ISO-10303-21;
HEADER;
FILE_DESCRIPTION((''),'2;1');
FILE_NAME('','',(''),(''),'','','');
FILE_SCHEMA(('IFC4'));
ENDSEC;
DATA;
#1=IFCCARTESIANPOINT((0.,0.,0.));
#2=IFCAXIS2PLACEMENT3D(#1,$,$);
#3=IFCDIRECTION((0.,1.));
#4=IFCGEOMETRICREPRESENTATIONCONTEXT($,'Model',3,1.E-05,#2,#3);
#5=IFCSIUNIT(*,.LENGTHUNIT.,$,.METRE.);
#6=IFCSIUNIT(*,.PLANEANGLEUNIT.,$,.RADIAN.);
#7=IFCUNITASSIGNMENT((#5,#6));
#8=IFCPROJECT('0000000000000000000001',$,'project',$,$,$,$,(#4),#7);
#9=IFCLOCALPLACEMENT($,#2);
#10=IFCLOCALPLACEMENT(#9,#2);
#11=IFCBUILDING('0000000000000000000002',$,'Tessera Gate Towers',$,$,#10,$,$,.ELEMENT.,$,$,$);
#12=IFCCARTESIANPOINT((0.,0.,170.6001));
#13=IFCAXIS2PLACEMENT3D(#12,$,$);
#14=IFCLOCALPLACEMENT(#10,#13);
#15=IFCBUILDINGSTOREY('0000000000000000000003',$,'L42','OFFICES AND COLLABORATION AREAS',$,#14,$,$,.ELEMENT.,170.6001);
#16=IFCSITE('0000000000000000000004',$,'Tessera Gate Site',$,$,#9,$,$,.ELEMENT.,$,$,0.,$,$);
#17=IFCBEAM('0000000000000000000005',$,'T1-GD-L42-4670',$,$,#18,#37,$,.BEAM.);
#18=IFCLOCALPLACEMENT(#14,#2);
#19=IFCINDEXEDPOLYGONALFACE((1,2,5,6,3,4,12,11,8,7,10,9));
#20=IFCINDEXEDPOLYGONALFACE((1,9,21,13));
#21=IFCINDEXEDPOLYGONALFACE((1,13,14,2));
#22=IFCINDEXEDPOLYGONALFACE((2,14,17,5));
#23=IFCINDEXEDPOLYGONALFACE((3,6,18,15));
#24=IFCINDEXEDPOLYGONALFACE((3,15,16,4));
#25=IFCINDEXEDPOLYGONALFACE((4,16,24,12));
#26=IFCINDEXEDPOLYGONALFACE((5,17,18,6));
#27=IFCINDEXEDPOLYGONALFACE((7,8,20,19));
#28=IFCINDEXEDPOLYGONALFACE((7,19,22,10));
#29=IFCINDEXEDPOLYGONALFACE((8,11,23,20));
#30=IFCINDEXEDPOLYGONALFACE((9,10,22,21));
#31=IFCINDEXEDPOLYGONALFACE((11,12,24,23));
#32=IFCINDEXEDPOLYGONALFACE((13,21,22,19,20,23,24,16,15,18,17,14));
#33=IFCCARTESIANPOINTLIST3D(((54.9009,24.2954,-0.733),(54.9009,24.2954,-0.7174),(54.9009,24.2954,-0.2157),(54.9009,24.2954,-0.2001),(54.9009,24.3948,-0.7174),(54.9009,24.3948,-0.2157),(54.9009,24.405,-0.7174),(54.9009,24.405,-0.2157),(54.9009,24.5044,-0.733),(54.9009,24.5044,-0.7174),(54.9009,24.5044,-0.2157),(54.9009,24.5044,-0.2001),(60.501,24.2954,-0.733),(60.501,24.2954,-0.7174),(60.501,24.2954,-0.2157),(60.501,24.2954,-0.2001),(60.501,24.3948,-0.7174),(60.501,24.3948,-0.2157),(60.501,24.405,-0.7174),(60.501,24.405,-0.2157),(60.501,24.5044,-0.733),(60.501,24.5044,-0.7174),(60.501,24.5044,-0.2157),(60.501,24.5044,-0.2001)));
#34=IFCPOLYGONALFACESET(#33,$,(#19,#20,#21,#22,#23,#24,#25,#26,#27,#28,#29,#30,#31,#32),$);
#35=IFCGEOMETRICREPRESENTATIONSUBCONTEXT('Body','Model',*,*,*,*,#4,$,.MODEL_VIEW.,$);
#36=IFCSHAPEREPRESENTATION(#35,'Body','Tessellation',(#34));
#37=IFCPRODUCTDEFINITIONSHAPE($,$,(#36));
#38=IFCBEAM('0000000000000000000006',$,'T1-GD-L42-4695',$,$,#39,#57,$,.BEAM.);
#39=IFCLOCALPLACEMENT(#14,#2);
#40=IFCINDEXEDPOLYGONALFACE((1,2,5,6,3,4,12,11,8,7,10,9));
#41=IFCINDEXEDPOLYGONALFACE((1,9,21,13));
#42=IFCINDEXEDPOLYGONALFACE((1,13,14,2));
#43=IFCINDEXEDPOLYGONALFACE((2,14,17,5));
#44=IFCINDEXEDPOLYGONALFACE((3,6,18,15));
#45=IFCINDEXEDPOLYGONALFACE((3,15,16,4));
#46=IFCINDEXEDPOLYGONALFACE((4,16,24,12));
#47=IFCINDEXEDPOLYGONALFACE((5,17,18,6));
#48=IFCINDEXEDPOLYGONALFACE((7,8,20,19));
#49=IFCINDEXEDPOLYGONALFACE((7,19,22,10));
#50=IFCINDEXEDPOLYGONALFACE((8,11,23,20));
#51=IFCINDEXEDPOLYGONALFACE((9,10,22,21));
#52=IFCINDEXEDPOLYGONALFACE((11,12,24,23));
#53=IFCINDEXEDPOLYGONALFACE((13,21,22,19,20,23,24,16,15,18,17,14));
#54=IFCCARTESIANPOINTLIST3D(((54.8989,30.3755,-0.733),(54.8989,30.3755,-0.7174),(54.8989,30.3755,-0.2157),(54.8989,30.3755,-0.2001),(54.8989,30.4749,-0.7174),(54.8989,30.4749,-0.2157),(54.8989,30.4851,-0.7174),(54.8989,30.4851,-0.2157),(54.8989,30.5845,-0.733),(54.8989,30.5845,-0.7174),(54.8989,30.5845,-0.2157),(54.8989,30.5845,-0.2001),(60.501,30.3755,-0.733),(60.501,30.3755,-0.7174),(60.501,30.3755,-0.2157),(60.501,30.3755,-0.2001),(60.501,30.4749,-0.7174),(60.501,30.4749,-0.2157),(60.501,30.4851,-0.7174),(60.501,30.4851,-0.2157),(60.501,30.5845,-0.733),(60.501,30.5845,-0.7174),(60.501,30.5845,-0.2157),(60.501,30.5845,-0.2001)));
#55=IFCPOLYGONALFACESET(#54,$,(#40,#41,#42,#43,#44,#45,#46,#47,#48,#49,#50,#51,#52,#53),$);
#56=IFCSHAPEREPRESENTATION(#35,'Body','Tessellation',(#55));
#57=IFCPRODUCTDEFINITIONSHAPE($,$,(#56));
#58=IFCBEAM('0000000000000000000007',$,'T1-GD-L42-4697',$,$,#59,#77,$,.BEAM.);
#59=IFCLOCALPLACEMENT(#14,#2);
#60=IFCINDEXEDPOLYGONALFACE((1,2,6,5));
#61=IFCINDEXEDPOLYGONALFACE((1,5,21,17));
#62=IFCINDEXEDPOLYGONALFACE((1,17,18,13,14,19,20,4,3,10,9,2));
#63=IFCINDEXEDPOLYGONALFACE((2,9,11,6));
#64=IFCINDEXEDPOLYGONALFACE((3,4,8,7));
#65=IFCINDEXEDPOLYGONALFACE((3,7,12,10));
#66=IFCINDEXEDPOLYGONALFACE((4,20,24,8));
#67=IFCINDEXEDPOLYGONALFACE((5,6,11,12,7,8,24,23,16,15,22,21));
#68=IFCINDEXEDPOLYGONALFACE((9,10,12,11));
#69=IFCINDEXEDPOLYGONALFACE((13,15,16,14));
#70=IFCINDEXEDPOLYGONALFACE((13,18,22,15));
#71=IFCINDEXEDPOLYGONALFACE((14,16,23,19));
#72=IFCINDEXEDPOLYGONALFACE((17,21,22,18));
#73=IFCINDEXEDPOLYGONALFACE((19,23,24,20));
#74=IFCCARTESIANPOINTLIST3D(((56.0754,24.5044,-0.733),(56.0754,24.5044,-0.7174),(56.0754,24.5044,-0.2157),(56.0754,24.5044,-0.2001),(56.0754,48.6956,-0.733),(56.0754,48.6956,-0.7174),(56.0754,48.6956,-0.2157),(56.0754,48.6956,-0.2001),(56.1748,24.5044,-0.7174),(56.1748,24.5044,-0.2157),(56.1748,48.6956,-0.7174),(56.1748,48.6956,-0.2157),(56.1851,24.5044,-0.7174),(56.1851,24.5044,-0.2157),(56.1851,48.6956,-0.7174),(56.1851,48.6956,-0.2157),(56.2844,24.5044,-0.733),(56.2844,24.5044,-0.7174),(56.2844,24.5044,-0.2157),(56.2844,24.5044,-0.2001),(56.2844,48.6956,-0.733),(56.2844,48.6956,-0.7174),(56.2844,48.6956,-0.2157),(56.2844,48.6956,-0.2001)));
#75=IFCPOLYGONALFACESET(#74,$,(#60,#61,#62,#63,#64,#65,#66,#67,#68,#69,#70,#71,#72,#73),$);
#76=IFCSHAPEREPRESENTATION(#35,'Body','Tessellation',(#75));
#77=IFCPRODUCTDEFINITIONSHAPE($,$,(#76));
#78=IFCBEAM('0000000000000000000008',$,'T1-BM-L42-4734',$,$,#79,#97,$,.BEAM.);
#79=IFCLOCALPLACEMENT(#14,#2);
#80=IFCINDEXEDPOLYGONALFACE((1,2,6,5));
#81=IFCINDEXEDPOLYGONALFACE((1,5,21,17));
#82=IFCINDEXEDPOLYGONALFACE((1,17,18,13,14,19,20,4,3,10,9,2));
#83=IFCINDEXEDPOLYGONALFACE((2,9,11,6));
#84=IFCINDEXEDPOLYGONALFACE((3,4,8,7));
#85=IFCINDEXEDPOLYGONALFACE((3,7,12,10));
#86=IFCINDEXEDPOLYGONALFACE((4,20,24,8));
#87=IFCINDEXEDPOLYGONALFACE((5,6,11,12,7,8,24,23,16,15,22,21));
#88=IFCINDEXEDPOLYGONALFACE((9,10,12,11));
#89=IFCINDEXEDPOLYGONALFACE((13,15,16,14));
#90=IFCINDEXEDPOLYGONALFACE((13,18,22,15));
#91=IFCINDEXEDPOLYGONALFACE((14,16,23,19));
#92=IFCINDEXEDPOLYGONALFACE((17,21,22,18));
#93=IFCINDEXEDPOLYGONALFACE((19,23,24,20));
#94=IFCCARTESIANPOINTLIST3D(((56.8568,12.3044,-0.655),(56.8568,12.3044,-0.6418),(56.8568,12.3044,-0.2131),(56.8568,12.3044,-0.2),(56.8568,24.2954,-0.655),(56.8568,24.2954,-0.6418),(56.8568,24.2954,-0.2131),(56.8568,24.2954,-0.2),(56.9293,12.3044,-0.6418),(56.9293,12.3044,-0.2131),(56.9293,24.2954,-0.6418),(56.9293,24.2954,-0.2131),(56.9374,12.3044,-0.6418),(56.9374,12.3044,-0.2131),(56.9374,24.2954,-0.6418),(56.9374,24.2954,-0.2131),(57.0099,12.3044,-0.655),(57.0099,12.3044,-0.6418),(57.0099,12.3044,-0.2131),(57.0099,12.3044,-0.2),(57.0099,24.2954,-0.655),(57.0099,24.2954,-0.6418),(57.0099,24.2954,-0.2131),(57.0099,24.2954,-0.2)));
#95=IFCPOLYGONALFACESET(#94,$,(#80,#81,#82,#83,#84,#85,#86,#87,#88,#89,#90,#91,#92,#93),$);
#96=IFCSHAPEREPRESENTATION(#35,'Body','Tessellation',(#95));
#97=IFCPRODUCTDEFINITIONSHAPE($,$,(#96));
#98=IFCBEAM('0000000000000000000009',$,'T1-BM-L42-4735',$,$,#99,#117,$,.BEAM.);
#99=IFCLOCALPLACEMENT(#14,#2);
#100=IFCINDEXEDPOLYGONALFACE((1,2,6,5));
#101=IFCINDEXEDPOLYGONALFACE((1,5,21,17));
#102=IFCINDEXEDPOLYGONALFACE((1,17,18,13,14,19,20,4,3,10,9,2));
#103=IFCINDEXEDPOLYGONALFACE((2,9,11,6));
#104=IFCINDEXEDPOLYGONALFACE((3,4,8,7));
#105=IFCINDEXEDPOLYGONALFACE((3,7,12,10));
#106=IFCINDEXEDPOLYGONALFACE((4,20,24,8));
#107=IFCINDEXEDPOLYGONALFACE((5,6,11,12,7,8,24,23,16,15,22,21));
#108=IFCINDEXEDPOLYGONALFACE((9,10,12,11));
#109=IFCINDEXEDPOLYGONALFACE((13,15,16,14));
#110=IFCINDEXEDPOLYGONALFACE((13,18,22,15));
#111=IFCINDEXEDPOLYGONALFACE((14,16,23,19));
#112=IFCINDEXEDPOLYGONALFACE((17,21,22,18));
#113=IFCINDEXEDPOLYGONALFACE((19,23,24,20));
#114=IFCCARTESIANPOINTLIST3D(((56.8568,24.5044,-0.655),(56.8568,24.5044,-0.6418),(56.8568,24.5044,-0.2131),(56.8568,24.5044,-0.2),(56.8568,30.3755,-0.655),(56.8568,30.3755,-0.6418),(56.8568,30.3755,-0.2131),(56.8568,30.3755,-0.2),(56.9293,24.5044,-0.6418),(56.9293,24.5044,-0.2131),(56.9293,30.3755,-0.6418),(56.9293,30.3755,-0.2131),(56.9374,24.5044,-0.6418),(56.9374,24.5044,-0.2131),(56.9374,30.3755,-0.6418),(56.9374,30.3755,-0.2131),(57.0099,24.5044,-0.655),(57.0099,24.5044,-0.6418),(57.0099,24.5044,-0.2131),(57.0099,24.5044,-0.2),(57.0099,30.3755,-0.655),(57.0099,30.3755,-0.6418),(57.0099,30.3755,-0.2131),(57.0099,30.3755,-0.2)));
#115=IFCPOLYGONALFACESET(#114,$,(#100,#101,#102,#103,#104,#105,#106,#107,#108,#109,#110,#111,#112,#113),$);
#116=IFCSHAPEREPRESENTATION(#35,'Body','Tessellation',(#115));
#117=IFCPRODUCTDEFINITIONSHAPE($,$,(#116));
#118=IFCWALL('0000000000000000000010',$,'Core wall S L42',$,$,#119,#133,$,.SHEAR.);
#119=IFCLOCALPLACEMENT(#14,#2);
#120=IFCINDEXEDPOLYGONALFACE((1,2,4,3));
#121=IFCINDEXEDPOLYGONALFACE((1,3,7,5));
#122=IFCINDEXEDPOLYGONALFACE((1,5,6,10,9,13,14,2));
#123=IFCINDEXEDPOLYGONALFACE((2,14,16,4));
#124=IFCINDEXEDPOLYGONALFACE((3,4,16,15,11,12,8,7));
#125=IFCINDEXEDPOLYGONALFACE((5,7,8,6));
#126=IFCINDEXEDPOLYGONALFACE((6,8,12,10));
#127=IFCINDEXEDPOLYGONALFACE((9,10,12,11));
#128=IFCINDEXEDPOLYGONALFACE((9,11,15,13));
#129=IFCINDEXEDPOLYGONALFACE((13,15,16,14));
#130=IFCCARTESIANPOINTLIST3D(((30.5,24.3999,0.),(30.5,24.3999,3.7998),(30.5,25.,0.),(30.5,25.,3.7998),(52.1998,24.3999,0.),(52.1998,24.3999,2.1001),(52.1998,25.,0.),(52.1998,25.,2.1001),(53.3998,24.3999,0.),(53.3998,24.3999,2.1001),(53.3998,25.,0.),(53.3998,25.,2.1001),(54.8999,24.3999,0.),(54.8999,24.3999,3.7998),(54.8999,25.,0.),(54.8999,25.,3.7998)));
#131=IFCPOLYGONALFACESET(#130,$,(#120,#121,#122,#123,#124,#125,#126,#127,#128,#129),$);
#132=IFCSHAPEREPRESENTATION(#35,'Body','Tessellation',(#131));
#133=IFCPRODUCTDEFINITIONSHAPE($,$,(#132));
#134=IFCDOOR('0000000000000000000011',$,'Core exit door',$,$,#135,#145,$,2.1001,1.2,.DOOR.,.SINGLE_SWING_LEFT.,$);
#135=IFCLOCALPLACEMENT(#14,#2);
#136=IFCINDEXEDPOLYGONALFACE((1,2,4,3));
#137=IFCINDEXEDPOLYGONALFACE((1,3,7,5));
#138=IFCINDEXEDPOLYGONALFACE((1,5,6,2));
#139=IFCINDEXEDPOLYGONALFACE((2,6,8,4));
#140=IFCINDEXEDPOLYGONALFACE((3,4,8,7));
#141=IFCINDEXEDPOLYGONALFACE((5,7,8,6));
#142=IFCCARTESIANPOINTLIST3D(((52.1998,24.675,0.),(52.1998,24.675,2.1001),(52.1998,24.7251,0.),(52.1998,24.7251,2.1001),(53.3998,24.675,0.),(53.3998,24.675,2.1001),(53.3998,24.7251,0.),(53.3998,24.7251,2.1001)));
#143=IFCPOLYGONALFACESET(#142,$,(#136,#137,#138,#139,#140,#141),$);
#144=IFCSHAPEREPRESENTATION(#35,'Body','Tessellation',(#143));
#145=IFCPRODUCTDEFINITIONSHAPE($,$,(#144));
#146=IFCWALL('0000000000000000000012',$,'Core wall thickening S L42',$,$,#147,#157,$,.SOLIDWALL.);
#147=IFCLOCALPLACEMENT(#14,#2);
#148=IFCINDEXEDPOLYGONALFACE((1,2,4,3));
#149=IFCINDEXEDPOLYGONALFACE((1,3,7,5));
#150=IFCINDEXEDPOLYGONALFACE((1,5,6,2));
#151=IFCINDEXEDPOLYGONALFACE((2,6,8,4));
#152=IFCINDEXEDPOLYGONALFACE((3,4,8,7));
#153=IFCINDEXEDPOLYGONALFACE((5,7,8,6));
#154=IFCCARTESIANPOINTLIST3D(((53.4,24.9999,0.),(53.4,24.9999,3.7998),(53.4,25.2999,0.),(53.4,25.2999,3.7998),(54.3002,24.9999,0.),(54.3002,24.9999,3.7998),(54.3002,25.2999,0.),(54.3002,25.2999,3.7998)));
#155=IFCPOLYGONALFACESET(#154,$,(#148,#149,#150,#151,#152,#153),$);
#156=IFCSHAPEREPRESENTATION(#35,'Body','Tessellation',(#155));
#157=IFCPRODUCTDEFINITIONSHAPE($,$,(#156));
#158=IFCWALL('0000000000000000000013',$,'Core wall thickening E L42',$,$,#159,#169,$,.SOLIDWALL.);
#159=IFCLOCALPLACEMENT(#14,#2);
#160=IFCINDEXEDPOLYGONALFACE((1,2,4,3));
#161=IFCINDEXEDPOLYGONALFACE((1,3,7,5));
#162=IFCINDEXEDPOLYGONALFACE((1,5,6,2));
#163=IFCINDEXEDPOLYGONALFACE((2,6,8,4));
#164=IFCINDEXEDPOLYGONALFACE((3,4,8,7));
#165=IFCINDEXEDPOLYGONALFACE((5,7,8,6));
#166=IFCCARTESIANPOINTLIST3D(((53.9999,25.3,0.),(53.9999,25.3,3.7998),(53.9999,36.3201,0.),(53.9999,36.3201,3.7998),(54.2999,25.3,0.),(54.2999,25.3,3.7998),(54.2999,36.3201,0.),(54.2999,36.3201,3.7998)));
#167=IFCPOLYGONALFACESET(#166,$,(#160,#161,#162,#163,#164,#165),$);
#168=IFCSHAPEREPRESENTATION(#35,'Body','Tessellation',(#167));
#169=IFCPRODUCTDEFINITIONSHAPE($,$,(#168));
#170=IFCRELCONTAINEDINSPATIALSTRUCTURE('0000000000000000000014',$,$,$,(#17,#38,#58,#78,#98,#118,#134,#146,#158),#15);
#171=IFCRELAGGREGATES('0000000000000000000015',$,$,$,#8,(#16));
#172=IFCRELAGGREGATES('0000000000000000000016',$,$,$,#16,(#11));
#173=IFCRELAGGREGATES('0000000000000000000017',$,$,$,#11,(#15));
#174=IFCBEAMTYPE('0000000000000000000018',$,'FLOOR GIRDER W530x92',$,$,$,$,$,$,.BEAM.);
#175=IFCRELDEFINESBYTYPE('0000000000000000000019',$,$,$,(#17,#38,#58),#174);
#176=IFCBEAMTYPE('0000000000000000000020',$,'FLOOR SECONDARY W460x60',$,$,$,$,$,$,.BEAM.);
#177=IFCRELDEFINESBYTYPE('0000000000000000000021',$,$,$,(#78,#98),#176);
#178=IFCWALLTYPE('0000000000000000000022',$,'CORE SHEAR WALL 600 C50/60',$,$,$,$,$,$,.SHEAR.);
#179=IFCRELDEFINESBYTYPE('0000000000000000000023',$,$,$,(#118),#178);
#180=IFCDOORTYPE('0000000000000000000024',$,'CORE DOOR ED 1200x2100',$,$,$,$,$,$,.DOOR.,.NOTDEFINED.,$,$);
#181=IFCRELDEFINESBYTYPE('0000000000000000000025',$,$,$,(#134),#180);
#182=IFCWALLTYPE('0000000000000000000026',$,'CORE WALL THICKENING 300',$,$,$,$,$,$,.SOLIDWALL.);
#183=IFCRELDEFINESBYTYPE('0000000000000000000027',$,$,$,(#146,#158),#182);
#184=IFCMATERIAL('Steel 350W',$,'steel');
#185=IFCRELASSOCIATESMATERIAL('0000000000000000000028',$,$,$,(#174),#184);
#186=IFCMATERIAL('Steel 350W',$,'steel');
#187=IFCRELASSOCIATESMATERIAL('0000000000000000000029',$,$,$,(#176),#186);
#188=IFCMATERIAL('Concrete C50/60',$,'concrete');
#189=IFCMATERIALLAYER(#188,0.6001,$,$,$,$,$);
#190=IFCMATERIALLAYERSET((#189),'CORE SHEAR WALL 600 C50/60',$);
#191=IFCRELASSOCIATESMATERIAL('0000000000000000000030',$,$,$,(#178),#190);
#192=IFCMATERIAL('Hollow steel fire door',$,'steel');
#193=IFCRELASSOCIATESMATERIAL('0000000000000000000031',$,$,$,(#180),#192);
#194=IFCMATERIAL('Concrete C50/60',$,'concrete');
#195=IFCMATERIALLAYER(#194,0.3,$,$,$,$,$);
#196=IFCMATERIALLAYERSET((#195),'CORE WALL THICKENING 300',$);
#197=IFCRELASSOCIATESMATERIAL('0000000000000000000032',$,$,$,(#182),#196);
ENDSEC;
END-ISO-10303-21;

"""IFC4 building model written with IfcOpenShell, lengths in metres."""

from ifc_helpers import new_model, si_unit, direction, frame, frame_2d, origin, origin_2d, place, context, subcontext, project, spatial, rectangle, i_section, extrude, source, transform, mapped, material, layer, layer_set, material_profile, profile_set, type_object, element, fill, save


model = new_model("IFC4")

# Units and contexts
model_context = context("Model", 3, precision=1e-05, world=origin(), true_north=direction((0.0, 1.0)))
body_context = subcontext(model_context, "Body", "Model", "MODEL_VIEW")
ifc_project = project(units=[si_unit("LENGTHUNIT", "METRE"), si_unit("PLANEANGLEUNIT", "RADIAN")], contexts=[model_context])

# Site, building, storey
site_placement = place(None, origin())
site = spatial("IfcSite", under=ifc_project, at=site_placement, Name="Tessera Gate Site", CompositionType="ELEMENT", RefElevation=0.0)
building_placement = place(site_placement, origin())
building = spatial("IfcBuilding", under=site, at=building_placement, Name="Tessera Gate Towers", CompositionType="ELEMENT")
storey_placement = place(building_placement, frame((0.0, 0.0, 170.6001)))
storey = spatial("IfcBuildingStorey", under=building, at=storey_placement, Name="L42", Description="OFFICES AND COLLABORATION AREAS", CompositionType="ELEMENT", Elevation=170.6001)

# Beams
ifc_material_1 = material(Name="Steel 350W", Category="steel")
ifc_material_profile_1 = material_profile(ifc_material_1, i_section(OverallWidth=0.209, OverallDepth=0.533, WebThickness=0.0103, FlangeThickness=0.0156, at=origin_2d()), Name="W530x92")
ifc_profile_set_1 = profile_set([ifc_material_profile_1], Name="Steel 350W")
beam_type_1 = type_object("IfcBeamType", Name="FLOOR GIRDER W530x92", PredefinedType="BEAM", material=ifc_profile_set_1)
beam_1_placement = place(storey_placement, frame((54.9009, 24.3999, -0.4666), z_axis=(1.0, 0.0, 0.0), x_axis=(0.0, 1.0, 0.0)))
element("IfcBeam", 1, at=beam_1_placement, inside=storey, type_object=beam_type_1, Name="T1-GD-L42-4670", PredefinedType="BEAM", context=body_context, shape_type="SweptSolid", body=[
    extrude(i_section(OverallWidth=0.209, OverallDepth=0.533, WebThickness=0.0103, FlangeThickness=0.0156, at=origin_2d()), origin(), (0.0, 0.0, 1.0), 5.6001),
])
beam_2_placement = place(storey_placement, frame((54.8989, 30.48, -0.4666), z_axis=(1.0, 0.0, 0.0), x_axis=(0.0, 1.0, 0.0)))
element("IfcBeam", 2, at=beam_2_placement, inside=storey, type_object=beam_type_1, Name="T1-GD-L42-4695", PredefinedType="BEAM", context=body_context, shape_type="SweptSolid", body=[
    extrude(i_section(OverallWidth=0.209, OverallDepth=0.533, WebThickness=0.0103, FlangeThickness=0.0156, at=origin_2d()), origin(), (0.0, 0.0, 1.0), 5.6021),
])
beam_3_placement = place(storey_placement, frame((56.1799, 24.5044, -0.4666), z_axis=(0.0, 1.0, 0.0), x_axis=(-1.0, 0.0, 0.0)))
element("IfcBeam", 3, at=beam_3_placement, inside=storey, type_object=beam_type_1, Name="T1-GD-L42-4697", PredefinedType="BEAM", context=body_context, shape_type="SweptSolid", body=[
    extrude(i_section(OverallWidth=0.209, OverallDepth=0.533, WebThickness=0.0103, FlangeThickness=0.0156, at=origin_2d()), origin(), (0.0, 0.0, 1.0), 24.1912),
])
ifc_material_2 = material(Name="Steel 350W", Category="steel")
ifc_material_profile_2 = material_profile(ifc_material_2, i_section(OverallWidth=0.1531, OverallDepth=0.4551, WebThickness=0.0081, FlangeThickness=0.0132, at=origin_2d()), Name="W460x60")
ifc_profile_set_2 = profile_set([ifc_material_profile_2], Name="Steel 350W")
beam_type_2 = type_object("IfcBeamType", Name="FLOOR SECONDARY W460x60", PredefinedType="BEAM", material=ifc_profile_set_2)
beam_4_placement = place(storey_placement, frame((56.9333, 12.3044, -0.4275), z_axis=(0.0, 1.0, 0.0), x_axis=(-1.0, 0.0, 0.0)))
element("IfcBeam", 4, at=beam_4_placement, inside=storey, type_object=beam_type_2, Name="T1-BM-L42-4734", PredefinedType="BEAM", context=body_context, shape_type="SweptSolid", body=[
    extrude(i_section(OverallWidth=0.1531, OverallDepth=0.4551, WebThickness=0.0081, FlangeThickness=0.0132, at=origin_2d()), origin(), (0.0, 0.0, 1.0), 11.991),
])
beam_5_placement = place(storey_placement, frame((56.9333, 24.5044, -0.4275), z_axis=(0.0, 1.0, 0.0), x_axis=(-1.0, 0.0, 0.0)))
element("IfcBeam", 5, at=beam_5_placement, inside=storey, type_object=beam_type_2, Name="T1-BM-L42-4735", PredefinedType="BEAM", context=body_context, shape_type="SweptSolid", body=[
    extrude(i_section(OverallWidth=0.1531, OverallDepth=0.4551, WebThickness=0.0081, FlangeThickness=0.0132, at=origin_2d()), origin(), (0.0, 0.0, 1.0), 5.8711),
])

# Wall, opening, door
ifc_material_3 = material(Name="Concrete C50/60", Category="concrete")
ifc_layer_1 = layer(ifc_material_3, 0.6001)
ifc_layer_set_1 = layer_set([ifc_layer_1], Name="CORE SHEAR WALL 600 C50/60")
wall_type_1 = type_object("IfcWallType", Name="CORE SHEAR WALL 600 C50/60", PredefinedType="SHEAR", material=ifc_layer_set_1)
wall_1_placement = place(storey_placement, frame((54.8999, 24.7, 0.0), z_axis=(0.0, 0.0, 1.0), x_axis=(-1.0, 0.0, 0.0)))
wall_1 = element("IfcWall", 6, at=wall_1_placement, inside=storey, type_object=wall_type_1, Name="Core wall S L42", PredefinedType="SHEAR", context=body_context, shape_type="SweptSolid", body=[
    extrude(rectangle(XDim=24.3999, YDim=0.6001, at=frame_2d((12.2, 0.0))), origin(), (0.0, 0.0, 1.0), 3.7998),
])
shared_shape_1 = source(origin(), body_context, "Body", "SweptSolid", [
    extrude(rectangle(XDim=1.2, YDim=2.1001, at=frame_2d((0.6001, 1.05))), frame((0.0, 0.3101, 0.0), z_axis=(0.0, -1.0, 0.0), x_axis=(1.0, 0.0, 0.0)), (0.0, 0.0, 1.0), 0.6201),
])
opening_1_placement = place(wall_1_placement, frame((1.5, 0.0, 0.0)))
opening_1 = element("IfcOpeningElement", 7, at=opening_1_placement, cuts=wall_1, PredefinedType="OPENING", context=body_context, shape_type="MappedRepresentation", body=[
    mapped(shared_shape_1, transform((0.0, 0.0, 0.0), scale=1.0)),
])
ifc_material_4 = material(Name="Hollow steel fire door", Category="steel")
door_type_1 = type_object("IfcDoorType", Name="CORE DOOR ED 1200x2100", OperationType="NOTDEFINED", PredefinedType="DOOR", material=ifc_material_4)
shared_shape_2 = source(origin(), body_context, "Body", "SweptSolid", [
    extrude(rectangle(XDim=1.2, YDim=2.1001, at=frame_2d((0.6001, 1.05))), frame((0.0, 0.0249, 0.0), z_axis=(0.0, -1.0, 0.0), x_axis=(1.0, 0.0, 0.0)), (0.0, 0.0, 1.0), 0.05),
])
door_1_placement = place(opening_1_placement, origin())
door_1 = element("IfcDoor", 8, at=door_1_placement, inside=storey, type_object=door_type_1, Name="Core exit door", OperationType="SINGLE_SWING_LEFT", OverallHeight=2.1001, OverallWidth=1.2, PredefinedType="DOOR", context=body_context, shape_type="MappedRepresentation", body=[
    mapped(shared_shape_2, transform((0.0, 0.0, 0.0), scale=1.0)),
])
fill(opening_1, door_1)

# Walls
ifc_material_5 = material(Name="Concrete C50/60", Category="concrete")
ifc_layer_2 = layer(ifc_material_5, 0.3)
ifc_layer_set_2 = layer_set([ifc_layer_2], Name="CORE WALL THICKENING 300")
wall_type_2 = type_object("IfcWallType", Name="CORE WALL THICKENING 300", PredefinedType="SOLIDWALL", material=ifc_layer_set_2)
wall_2_placement = place(storey_placement, frame((53.3999, 25.1499, 0.0), z_axis=(0.0, 0.0, 1.0), x_axis=(1.0, 0.0, 0.0)))
element("IfcWall", 9, at=wall_2_placement, inside=storey, type_object=wall_type_2, Name="Core wall thickening S L42", PredefinedType="SOLIDWALL", context=body_context, shape_type="SweptSolid", body=[
    extrude(rectangle(XDim=0.9001, YDim=0.3, at=frame_2d((0.4502, 0.0))), origin(), (0.0, 0.0, 1.0), 3.7998),
])
wall_3_placement = place(storey_placement, frame((54.1499, 25.3, 0.0), z_axis=(0.0, 0.0, 1.0), x_axis=(0.0, 1.0, 0.0)))
element("IfcWall", 10, at=wall_3_placement, inside=storey, type_object=wall_type_2, Name="Core wall thickening E L42", PredefinedType="SOLIDWALL", context=body_context, shape_type="SweptSolid", body=[
    extrude(rectangle(XDim=11.02, YDim=0.3, at=frame_2d((5.51, 0.0))), origin(), (0.0, 0.0, 1.0), 3.7998),
])

save(model, "model.ifc")
